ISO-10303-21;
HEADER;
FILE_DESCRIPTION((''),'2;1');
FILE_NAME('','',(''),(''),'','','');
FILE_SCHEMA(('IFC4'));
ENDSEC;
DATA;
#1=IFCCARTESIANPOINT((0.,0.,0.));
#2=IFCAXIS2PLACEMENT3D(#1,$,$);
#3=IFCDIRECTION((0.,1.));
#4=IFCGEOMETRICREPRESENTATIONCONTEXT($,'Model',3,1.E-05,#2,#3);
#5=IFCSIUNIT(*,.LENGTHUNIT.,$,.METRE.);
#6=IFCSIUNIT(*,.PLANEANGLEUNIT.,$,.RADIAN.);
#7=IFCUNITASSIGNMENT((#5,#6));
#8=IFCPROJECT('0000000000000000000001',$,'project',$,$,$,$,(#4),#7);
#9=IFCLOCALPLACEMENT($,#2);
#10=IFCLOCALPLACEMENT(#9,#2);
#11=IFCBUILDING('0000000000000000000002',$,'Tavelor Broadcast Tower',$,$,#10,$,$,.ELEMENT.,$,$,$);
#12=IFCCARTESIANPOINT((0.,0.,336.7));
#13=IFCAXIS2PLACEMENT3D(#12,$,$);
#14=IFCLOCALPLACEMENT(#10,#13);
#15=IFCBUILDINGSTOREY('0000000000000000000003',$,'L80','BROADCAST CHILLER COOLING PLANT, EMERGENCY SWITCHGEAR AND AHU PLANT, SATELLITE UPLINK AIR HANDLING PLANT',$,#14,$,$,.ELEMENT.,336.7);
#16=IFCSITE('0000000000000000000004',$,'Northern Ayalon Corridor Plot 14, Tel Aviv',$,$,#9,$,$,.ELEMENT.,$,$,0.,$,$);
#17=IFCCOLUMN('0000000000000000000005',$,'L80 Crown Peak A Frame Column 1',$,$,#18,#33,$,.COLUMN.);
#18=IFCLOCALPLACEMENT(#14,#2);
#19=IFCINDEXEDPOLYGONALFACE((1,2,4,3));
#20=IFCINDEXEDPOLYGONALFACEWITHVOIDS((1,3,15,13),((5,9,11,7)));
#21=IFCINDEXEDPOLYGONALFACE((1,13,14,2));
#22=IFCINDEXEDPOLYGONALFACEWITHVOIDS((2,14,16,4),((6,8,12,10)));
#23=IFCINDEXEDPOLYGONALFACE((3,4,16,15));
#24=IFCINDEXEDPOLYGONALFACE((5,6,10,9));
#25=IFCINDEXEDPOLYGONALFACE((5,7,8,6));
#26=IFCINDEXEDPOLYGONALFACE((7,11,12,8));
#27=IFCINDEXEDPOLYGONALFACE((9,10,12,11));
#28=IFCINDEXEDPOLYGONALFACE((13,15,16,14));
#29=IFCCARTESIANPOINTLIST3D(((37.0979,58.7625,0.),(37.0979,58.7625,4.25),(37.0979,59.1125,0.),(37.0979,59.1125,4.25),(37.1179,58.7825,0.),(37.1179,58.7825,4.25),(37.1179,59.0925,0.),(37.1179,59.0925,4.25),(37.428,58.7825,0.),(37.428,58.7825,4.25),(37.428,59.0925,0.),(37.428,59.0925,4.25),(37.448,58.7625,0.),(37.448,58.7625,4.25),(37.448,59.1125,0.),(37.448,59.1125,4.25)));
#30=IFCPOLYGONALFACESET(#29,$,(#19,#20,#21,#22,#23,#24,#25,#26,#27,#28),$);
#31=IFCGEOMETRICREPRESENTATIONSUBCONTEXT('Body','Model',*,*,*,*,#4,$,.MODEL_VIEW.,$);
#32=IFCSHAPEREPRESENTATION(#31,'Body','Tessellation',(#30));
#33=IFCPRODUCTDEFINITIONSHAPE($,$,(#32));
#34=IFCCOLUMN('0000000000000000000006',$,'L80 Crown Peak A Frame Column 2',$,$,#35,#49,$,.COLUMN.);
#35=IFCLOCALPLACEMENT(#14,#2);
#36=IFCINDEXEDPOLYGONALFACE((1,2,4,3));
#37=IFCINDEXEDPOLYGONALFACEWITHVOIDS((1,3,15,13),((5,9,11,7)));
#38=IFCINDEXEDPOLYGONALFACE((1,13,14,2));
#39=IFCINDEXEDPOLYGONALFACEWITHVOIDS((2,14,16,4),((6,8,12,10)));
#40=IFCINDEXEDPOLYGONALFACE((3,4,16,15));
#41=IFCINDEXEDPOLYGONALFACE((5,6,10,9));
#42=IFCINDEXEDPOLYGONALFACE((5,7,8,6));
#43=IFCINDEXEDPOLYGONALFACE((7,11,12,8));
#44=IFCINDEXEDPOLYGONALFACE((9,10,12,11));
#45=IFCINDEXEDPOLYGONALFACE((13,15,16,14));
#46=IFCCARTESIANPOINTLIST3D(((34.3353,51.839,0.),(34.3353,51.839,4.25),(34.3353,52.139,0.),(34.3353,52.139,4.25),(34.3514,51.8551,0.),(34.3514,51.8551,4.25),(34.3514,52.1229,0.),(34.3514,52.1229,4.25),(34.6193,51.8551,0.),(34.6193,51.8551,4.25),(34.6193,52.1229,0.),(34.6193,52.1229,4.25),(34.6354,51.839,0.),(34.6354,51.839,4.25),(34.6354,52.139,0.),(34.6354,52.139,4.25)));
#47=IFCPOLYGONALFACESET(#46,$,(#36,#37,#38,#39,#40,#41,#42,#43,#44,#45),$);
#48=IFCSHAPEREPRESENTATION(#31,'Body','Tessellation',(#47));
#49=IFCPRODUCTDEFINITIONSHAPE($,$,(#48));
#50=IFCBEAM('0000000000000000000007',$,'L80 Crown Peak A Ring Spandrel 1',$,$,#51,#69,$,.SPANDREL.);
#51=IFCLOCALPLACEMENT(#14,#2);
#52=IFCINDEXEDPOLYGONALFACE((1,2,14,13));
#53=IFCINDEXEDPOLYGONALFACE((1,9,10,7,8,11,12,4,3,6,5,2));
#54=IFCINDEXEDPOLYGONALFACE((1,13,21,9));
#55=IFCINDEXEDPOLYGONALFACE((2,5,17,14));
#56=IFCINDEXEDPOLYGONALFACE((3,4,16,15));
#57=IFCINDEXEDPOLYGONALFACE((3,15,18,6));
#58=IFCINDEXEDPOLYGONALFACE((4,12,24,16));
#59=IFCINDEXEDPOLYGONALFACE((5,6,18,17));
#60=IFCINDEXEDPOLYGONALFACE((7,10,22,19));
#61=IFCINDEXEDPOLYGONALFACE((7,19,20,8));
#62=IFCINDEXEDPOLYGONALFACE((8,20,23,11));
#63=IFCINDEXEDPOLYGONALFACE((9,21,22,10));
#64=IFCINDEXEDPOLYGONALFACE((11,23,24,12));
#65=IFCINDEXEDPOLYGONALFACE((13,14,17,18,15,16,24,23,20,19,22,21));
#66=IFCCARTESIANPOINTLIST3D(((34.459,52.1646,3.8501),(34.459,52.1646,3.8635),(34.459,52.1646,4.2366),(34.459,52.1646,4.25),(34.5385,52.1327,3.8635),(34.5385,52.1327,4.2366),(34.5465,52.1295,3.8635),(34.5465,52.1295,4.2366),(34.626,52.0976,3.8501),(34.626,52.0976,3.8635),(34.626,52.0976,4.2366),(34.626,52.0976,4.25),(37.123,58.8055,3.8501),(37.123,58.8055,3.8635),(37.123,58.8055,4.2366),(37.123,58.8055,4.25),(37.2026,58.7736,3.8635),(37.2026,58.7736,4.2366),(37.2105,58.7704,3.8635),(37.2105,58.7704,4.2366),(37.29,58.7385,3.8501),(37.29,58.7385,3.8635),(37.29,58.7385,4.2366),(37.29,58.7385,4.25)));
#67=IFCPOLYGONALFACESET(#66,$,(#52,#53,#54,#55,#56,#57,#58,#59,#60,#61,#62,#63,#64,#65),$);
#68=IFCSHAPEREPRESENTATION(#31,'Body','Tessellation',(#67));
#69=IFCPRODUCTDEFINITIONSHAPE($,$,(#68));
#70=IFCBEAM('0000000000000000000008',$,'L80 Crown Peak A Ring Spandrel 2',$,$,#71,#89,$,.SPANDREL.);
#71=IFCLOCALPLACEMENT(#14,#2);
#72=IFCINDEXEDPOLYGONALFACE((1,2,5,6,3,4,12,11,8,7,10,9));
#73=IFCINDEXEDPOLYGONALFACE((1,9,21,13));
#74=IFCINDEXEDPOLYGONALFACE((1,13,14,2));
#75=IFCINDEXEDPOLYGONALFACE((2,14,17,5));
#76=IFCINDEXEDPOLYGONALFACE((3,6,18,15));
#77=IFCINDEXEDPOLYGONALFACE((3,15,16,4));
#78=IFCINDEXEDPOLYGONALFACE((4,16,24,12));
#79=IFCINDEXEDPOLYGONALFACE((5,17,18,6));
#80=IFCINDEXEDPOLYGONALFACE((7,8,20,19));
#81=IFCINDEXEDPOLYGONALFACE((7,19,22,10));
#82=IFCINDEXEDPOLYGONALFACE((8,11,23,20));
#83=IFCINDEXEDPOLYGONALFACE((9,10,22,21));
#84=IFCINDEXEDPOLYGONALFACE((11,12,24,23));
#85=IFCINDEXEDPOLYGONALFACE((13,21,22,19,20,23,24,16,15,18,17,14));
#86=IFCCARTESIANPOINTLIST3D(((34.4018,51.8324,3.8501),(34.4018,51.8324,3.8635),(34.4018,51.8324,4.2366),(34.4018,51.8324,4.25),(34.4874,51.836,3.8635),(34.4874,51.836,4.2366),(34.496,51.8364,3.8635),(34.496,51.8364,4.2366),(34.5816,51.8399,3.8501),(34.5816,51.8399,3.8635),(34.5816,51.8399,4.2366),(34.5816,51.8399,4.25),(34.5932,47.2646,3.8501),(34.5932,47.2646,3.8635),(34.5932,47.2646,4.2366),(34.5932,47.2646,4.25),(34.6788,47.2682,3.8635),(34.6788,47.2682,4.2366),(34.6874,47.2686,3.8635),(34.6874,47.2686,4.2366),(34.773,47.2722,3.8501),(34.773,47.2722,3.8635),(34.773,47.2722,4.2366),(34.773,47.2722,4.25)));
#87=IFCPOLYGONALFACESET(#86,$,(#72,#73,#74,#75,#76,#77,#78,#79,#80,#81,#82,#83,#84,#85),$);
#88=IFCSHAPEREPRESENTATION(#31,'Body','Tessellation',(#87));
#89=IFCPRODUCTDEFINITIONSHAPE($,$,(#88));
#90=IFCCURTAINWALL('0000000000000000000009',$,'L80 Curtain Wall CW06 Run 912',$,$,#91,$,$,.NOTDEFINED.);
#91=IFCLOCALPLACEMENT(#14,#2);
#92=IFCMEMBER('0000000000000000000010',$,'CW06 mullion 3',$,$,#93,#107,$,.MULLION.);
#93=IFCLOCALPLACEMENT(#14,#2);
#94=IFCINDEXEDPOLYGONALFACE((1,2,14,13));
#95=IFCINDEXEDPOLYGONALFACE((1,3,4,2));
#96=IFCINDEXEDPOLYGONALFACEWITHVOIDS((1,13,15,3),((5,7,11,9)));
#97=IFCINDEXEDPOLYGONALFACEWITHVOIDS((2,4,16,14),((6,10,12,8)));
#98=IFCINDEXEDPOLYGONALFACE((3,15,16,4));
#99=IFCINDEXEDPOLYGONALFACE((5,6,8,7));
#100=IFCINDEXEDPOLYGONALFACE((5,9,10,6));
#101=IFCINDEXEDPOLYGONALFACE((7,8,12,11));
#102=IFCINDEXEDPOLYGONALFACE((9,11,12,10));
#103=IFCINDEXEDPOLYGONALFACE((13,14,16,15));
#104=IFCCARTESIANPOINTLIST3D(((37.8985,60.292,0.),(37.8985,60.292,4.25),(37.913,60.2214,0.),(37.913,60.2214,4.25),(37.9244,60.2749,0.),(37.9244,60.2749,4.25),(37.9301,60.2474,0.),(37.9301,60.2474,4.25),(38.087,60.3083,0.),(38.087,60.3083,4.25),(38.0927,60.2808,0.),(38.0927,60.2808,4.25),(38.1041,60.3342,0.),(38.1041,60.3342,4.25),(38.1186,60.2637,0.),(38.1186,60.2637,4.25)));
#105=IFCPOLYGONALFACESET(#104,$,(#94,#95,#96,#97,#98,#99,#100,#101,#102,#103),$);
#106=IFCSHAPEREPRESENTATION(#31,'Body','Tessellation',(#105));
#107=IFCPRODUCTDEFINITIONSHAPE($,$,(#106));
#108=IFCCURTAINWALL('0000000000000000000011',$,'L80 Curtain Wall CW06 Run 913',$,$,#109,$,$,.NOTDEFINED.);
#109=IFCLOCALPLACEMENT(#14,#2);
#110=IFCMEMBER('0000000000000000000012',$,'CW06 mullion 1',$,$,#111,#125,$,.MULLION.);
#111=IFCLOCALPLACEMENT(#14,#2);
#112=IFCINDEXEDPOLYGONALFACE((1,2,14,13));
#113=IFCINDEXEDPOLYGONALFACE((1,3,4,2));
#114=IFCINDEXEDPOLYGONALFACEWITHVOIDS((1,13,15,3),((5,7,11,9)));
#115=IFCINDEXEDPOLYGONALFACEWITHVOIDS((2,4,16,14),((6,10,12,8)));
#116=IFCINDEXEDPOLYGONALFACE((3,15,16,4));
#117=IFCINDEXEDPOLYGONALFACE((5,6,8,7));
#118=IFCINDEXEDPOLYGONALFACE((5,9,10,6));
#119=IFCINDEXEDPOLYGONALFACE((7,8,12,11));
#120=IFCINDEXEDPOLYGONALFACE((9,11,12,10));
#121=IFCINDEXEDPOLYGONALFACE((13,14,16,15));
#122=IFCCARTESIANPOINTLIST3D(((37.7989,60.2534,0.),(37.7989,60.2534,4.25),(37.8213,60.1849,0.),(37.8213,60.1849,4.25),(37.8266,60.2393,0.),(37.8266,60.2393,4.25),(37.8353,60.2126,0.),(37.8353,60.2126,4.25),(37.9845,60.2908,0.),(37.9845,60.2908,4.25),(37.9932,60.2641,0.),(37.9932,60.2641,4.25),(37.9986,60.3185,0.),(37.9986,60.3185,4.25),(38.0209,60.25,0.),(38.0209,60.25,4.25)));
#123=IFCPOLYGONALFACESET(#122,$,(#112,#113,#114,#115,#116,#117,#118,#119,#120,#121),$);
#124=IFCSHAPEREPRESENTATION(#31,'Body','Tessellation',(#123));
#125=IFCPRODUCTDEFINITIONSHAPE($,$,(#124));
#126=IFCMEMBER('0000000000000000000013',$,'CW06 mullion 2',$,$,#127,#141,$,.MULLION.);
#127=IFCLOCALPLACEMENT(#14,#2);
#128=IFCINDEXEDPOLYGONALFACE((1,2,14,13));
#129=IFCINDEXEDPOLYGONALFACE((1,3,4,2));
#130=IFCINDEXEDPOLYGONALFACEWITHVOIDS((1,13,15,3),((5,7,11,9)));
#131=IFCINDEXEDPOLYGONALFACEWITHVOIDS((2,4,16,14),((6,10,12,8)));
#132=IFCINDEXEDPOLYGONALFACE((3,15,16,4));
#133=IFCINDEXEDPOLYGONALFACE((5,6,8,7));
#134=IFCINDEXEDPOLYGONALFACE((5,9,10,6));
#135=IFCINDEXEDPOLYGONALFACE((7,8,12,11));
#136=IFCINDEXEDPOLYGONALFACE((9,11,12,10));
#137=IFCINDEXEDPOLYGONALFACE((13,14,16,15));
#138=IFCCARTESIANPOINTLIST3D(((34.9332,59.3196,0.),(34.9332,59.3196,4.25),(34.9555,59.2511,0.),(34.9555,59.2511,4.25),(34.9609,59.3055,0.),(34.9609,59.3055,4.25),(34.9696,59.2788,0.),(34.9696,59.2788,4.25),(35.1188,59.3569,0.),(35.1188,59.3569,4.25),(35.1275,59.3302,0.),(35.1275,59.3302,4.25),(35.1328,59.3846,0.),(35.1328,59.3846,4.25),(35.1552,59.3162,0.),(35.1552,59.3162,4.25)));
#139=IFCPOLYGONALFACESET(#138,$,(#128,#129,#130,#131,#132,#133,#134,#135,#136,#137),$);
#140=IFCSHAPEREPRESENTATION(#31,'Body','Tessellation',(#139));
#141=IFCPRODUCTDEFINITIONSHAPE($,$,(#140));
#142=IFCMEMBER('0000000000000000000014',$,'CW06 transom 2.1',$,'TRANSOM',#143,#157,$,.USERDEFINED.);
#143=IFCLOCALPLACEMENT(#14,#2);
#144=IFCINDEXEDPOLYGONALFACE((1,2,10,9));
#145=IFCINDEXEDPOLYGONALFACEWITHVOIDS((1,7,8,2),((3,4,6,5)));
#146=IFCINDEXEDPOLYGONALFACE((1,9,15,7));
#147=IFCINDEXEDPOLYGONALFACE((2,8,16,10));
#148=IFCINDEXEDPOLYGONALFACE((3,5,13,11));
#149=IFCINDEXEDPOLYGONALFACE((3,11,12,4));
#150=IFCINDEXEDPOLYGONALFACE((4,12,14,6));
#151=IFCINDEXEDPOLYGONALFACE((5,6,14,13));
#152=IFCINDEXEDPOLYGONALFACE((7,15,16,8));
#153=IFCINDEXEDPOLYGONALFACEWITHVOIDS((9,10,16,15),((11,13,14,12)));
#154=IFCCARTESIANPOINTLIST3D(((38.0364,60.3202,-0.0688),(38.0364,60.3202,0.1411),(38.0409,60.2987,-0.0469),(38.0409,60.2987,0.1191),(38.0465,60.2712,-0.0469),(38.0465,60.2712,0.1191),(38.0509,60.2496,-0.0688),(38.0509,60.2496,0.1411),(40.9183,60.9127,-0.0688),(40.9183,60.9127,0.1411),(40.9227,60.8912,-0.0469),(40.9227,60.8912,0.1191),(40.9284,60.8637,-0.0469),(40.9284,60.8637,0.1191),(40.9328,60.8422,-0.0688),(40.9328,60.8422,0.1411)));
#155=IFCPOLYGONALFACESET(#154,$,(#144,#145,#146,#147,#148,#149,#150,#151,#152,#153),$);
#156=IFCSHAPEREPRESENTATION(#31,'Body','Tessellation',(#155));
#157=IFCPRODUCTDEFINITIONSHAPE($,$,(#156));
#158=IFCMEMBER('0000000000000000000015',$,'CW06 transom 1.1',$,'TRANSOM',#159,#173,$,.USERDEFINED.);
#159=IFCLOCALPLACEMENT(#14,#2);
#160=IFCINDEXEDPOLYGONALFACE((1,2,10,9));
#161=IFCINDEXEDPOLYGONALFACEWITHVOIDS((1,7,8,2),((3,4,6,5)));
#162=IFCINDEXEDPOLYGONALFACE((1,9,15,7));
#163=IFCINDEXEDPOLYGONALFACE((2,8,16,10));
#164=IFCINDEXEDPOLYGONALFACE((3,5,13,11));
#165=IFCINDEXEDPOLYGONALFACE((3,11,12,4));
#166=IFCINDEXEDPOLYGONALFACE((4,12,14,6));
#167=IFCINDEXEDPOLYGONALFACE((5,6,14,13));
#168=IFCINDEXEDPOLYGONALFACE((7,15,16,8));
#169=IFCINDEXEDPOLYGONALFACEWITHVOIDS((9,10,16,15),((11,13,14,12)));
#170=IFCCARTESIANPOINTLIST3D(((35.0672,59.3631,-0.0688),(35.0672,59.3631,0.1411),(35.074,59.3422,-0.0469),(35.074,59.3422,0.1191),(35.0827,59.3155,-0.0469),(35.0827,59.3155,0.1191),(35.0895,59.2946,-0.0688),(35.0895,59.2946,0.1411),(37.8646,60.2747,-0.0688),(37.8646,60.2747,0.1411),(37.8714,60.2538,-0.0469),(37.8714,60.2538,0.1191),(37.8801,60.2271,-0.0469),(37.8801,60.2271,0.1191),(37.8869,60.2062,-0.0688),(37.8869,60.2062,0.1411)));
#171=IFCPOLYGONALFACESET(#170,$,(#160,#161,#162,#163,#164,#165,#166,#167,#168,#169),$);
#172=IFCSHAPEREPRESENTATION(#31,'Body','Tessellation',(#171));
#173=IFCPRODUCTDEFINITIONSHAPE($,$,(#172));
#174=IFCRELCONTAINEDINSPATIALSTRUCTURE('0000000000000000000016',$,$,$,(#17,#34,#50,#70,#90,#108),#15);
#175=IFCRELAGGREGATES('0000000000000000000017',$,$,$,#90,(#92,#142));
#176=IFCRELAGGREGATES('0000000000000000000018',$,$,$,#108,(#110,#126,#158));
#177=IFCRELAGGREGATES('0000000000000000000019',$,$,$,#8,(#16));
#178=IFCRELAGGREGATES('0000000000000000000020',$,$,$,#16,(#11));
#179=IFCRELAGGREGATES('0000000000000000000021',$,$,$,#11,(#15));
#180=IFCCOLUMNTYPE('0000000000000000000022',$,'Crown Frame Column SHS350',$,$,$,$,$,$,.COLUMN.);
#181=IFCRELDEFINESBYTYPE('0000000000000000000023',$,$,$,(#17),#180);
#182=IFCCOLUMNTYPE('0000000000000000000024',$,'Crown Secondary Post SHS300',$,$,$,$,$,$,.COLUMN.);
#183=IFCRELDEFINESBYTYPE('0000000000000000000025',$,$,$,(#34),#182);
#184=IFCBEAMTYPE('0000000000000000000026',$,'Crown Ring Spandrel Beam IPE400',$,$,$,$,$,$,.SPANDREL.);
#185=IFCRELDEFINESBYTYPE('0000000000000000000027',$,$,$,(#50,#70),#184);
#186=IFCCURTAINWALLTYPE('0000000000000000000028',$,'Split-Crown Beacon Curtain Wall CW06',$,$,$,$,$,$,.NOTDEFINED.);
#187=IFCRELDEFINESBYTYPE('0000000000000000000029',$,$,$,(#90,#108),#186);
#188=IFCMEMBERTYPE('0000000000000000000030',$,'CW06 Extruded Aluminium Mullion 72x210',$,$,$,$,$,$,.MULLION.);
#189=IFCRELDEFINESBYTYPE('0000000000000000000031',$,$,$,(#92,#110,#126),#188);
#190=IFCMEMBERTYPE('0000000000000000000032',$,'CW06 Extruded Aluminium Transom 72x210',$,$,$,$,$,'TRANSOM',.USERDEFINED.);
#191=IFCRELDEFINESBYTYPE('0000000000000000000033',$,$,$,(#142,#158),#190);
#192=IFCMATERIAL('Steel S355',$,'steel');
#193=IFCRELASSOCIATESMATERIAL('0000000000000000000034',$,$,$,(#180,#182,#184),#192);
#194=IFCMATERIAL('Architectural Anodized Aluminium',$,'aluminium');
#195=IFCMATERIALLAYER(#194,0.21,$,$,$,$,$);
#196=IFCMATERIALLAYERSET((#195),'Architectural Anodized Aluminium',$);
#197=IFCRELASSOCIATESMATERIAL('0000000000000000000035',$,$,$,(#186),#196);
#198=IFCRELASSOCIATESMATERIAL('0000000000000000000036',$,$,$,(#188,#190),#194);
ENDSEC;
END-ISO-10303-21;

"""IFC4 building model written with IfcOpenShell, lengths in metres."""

from ifc_helpers import new_model, si_unit, direction, frame, origin, origin_2d, place, context, subcontext, project, spatial, hollow_rectangle, i_section, extrude, source, transform, mapped, material, layer, layer_set, material_profile, profile_set, type_object, type_shapes, element, aggregate, save


model = new_model("IFC4")

# Units and contexts
model_context = context("Model", 3, precision=1e-05, world=origin(), true_north=direction((0.0, 1.0)))
body_context = subcontext(model_context, "Body", "Model", "MODEL_VIEW")
ifc_project = project(units=[si_unit("LENGTHUNIT", "METRE"), si_unit("PLANEANGLEUNIT", "RADIAN")], contexts=[model_context])

# Site, building, storey
site_placement = place(None, origin())
site = spatial("IfcSite", under=ifc_project, at=site_placement, Name="Northern Ayalon Corridor Plot 14, Tel Aviv", CompositionType="ELEMENT", RefElevation=0.0)
building_placement = place(site_placement, origin())
building = spatial("IfcBuilding", under=site, at=building_placement, Name="Tavelor Broadcast Tower", CompositionType="ELEMENT")
storey_placement = place(building_placement, frame((0.0, 0.0, 336.7)))
storey = spatial("IfcBuildingStorey", under=building, at=storey_placement, Name="L80", Description="BROADCAST CHILLER COOLING PLANT, EMERGENCY SWITCHGEAR AND AHU PLANT, SATELLITE UPLINK AIR HANDLING PLANT", CompositionType="ELEMENT", Elevation=336.7)

# Columns
ifc_material_1 = material(Name="Steel S355", Category="steel")
ifc_material_profile_1 = material_profile(ifc_material_1, hollow_rectangle(XDim=0.3501, YDim=0.3501, WallThickness=0.02, at=origin_2d()), Name="SHS 350x350x20")
ifc_profile_set_1 = profile_set([ifc_material_profile_1], Name="Steel S355")
column_type_1 = type_object("IfcColumnType", Name="Crown Frame Column SHS350", PredefinedType="COLUMN", material=ifc_profile_set_1)
column_1_placement = place(storey_placement, frame((37.2729, 58.9375, 0.0), z_axis=(0.0, 0.0, 1.0), x_axis=(1.0, 0.0, 0.0)))
element("IfcColumn", 1, at=column_1_placement, inside=storey, type_object=column_type_1, Name="L80 Crown Peak A Frame Column 1", PredefinedType="COLUMN", context=body_context, shape_type="SweptSolid", body=[
    extrude(hollow_rectangle(XDim=0.3501, YDim=0.3501, WallThickness=0.02, at=origin_2d()), origin(), (0.0, 0.0, 1.0), 4.25),
])
ifc_material_profile_2 = material_profile(ifc_material_1, hollow_rectangle(XDim=0.3, YDim=0.3, WallThickness=0.0161, at=origin_2d()), Name="SHS 300x300x16")
ifc_profile_set_2 = profile_set([ifc_material_profile_2], Name="Steel S355")
column_type_2 = type_object("IfcColumnType", Name="Crown Secondary Post SHS300", PredefinedType="COLUMN", material=ifc_profile_set_2)
column_2_placement = place(storey_placement, frame((34.4854, 51.989, 0.0), z_axis=(0.0, 0.0, 1.0), x_axis=(1.0, 0.0, 0.0)))
element("IfcColumn", 2, at=column_2_placement, inside=storey, type_object=column_type_2, Name="L80 Crown Peak A Frame Column 2", PredefinedType="COLUMN", context=body_context, shape_type="SweptSolid", body=[
    extrude(hollow_rectangle(XDim=0.3, YDim=0.3, WallThickness=0.0161, at=origin_2d()), origin(), (0.0, 0.0, 1.0), 4.25),
])

# Beams
ifc_material_profile_3 = material_profile(ifc_material_1, i_section(OverallWidth=0.1799, OverallDepth=0.3999, WebThickness=0.0085, FlangeThickness=0.0134, at=origin_2d()), Name="IPE 400")
ifc_profile_set_3 = profile_set([ifc_material_profile_3], Name="Steel S355")
beam_type = type_object("IfcBeamType", Name="Crown Ring Spandrel Beam IPE400", PredefinedType="SPANDREL", material=ifc_profile_set_3)
beam_1_placement = place(storey_placement, frame((37.2065, 58.772, 4.05), z_axis=(-0.37232, -0.928104, 0.0), x_axis=(0.928104, -0.37232, 0.0)))
element("IfcBeam", 3, at=beam_1_placement, inside=storey, type_object=beam_type, Name="L80 Crown Peak A Ring Spandrel 1", PredefinedType="SPANDREL", context=body_context, shape_type="SweptSolid", body=[
    extrude(i_section(OverallWidth=0.1799, OverallDepth=0.3999, WebThickness=0.0085, FlangeThickness=0.0134, at=origin_2d()), origin(), (0.0, 0.0, 1.0), 7.1553),
])
beam_2_placement = place(storey_placement, frame((34.4917, 51.8362, 4.05), z_axis=(0.041866, -0.999123, 0.0), x_axis=(0.999123, 0.041866, 0.0)))
element("IfcBeam", 4, at=beam_2_placement, inside=storey, type_object=beam_type, Name="L80 Crown Peak A Ring Spandrel 2", PredefinedType="SPANDREL", context=body_context, shape_type="SweptSolid", body=[
    extrude(i_section(OverallWidth=0.1799, OverallDepth=0.3999, WebThickness=0.0085, FlangeThickness=0.0134, at=origin_2d()), origin(), (0.0, 0.0, 1.0), 4.5718),
])

# Curtain wall, member
ifc_material_2 = material(Name="Architectural Anodized Aluminium", Category="aluminium")
ifc_layer_1 = layer(ifc_material_2, 0.21)
ifc_layer_set_1 = layer_set([ifc_layer_1], Name="Architectural Anodized Aluminium")
curtain_wall_type = type_object("IfcCurtainWallType", Name="Split-Crown Beacon Curtain Wall CW06", PredefinedType="NOTDEFINED", material=ifc_layer_set_1)
curtain_wall_1_placement = place(storey_placement, origin())
curtain_wall_1 = element("IfcCurtainWall", 5, at=curtain_wall_1_placement, inside=storey, type_object=curtain_wall_type, Name="L80 Curtain Wall CW06 Run 912", PredefinedType="NOTDEFINED")
ifc_material_profile_4 = material_profile(ifc_material_2, hollow_rectangle(XDim=0.072, YDim=0.21, WallThickness=0.022, at=origin_2d()), Name="RHS 72x210x22")
ifc_profile_set_4 = profile_set([ifc_material_profile_4], Name="Architectural Anodized Aluminium")
member_type_1 = type_object("IfcMemberType", Name="CW06 Extruded Aluminium Mullion 72x210", PredefinedType="MULLION", material=ifc_profile_set_4)
shared_shape_1 = source(origin(), body_context, "Body", "SweptSolid", [
    extrude(hollow_rectangle(XDim=0.072, YDim=0.21, WallThickness=0.022, at=origin_2d()), origin(), (0.0, 0.0, 1.0), 4.25),
])
type_shapes(member_type_1, [shared_shape_1])
member_1_placement = place(storey_placement, frame((38.0085, 60.2778, 0.0), z_axis=(0.0, 0.0, 1.0), x_axis=(0.201353, -0.979519, 0.0)))
member_1 = element("IfcMember", 6, at=member_1_placement, type_object=member_type_1, Name="CW06 mullion 3", PredefinedType="MULLION", context=body_context, shape_type="MappedRepresentation", body=[
    mapped(shared_shape_1, transform((0.0, 0.0, 0.0), scale=1.0)),
])

# Curtain wall, members
curtain_wall_2_placement = place(storey_placement, origin())
curtain_wall_2 = element("IfcCurtainWall", 7, at=curtain_wall_2_placement, inside=storey, type_object=curtain_wall_type, Name="L80 Curtain Wall CW06 Run 913", PredefinedType="NOTDEFINED")
member_2_placement = place(storey_placement, frame((37.9099, 60.2517, 0.0), z_axis=(0.0, 0.0, 1.0), x_axis=(0.309822, -0.950794, 0.0)))
member_2 = element("IfcMember", 8, at=member_2_placement, type_object=member_type_1, Name="CW06 mullion 1", PredefinedType="MULLION", context=body_context, shape_type="MappedRepresentation", body=[
    mapped(shared_shape_1, transform((0.0, 0.0, 0.0), scale=1.0)),
])
member_3_placement = place(storey_placement, frame((35.0442, 59.3179, 0.0), z_axis=(0.0, 0.0, 1.0), x_axis=(0.309822, -0.950794, 0.0)))
member_3 = element("IfcMember", 9, at=member_3_placement, type_object=member_type_1, Name="CW06 mullion 2", PredefinedType="MULLION", context=body_context, shape_type="MappedRepresentation", body=[
    mapped(shared_shape_1, transform((0.0, 0.0, 0.0), scale=1.0)),
])

# Members
ifc_material_profile_5 = material_profile(ifc_material_2, hollow_rectangle(XDim=0.072, YDim=0.21, WallThickness=0.022, at=origin_2d()), Name="RHS 72x210x22")
ifc_profile_set_5 = profile_set([ifc_material_profile_5], Name="Architectural Anodized Aluminium")
member_type_2 = type_object("IfcMemberType", Name="CW06 Extruded Aluminium Transom 72x210", ElementType="TRANSOM", PredefinedType="USERDEFINED", material=ifc_profile_set_5)
shared_shape_2 = source(origin(), body_context, "Body", "SweptSolid", [
    extrude(hollow_rectangle(XDim=0.072, YDim=0.21, WallThickness=0.022, at=origin_2d()), origin(), (0.0, 0.0, 1.0), 2.9421),
])
type_shapes(member_type_2, [shared_shape_2])
member_4_placement = place(storey_placement, frame((40.9255, 60.8774, 0.0361), z_axis=(-0.97951, -0.201395, 0.0), x_axis=(0.201395, -0.97951, 0.0)))
member_4 = element("IfcMember", 10, at=member_4_placement, type_object=member_type_2, Name="CW06 transom 2.1", ObjectType="TRANSOM", PredefinedType="USERDEFINED", context=body_context, shape_type="MappedRepresentation", body=[
    mapped(shared_shape_2, transform((0.0, 0.0, 0.0), scale=1.0)),
])
member_5_placement = place(storey_placement, frame((37.8757, 60.2405, 0.0361), z_axis=(-0.950786, -0.309848, 0.0), x_axis=(0.309848, -0.950786, 0.0)))
member_5 = element("IfcMember", 11, at=member_5_placement, type_object=member_type_2, Name="CW06 transom 1.1", ObjectType="TRANSOM", PredefinedType="USERDEFINED", context=body_context, shape_type="MappedRepresentation", body=[
    mapped(shared_shape_2, transform((0.0, 0.0, 0.0), scale=1.0)),
])

aggregate(curtain_wall_1, [member_1, member_4])
aggregate(curtain_wall_2, [member_2, member_3, member_5])

save(model, "model.ifc")
